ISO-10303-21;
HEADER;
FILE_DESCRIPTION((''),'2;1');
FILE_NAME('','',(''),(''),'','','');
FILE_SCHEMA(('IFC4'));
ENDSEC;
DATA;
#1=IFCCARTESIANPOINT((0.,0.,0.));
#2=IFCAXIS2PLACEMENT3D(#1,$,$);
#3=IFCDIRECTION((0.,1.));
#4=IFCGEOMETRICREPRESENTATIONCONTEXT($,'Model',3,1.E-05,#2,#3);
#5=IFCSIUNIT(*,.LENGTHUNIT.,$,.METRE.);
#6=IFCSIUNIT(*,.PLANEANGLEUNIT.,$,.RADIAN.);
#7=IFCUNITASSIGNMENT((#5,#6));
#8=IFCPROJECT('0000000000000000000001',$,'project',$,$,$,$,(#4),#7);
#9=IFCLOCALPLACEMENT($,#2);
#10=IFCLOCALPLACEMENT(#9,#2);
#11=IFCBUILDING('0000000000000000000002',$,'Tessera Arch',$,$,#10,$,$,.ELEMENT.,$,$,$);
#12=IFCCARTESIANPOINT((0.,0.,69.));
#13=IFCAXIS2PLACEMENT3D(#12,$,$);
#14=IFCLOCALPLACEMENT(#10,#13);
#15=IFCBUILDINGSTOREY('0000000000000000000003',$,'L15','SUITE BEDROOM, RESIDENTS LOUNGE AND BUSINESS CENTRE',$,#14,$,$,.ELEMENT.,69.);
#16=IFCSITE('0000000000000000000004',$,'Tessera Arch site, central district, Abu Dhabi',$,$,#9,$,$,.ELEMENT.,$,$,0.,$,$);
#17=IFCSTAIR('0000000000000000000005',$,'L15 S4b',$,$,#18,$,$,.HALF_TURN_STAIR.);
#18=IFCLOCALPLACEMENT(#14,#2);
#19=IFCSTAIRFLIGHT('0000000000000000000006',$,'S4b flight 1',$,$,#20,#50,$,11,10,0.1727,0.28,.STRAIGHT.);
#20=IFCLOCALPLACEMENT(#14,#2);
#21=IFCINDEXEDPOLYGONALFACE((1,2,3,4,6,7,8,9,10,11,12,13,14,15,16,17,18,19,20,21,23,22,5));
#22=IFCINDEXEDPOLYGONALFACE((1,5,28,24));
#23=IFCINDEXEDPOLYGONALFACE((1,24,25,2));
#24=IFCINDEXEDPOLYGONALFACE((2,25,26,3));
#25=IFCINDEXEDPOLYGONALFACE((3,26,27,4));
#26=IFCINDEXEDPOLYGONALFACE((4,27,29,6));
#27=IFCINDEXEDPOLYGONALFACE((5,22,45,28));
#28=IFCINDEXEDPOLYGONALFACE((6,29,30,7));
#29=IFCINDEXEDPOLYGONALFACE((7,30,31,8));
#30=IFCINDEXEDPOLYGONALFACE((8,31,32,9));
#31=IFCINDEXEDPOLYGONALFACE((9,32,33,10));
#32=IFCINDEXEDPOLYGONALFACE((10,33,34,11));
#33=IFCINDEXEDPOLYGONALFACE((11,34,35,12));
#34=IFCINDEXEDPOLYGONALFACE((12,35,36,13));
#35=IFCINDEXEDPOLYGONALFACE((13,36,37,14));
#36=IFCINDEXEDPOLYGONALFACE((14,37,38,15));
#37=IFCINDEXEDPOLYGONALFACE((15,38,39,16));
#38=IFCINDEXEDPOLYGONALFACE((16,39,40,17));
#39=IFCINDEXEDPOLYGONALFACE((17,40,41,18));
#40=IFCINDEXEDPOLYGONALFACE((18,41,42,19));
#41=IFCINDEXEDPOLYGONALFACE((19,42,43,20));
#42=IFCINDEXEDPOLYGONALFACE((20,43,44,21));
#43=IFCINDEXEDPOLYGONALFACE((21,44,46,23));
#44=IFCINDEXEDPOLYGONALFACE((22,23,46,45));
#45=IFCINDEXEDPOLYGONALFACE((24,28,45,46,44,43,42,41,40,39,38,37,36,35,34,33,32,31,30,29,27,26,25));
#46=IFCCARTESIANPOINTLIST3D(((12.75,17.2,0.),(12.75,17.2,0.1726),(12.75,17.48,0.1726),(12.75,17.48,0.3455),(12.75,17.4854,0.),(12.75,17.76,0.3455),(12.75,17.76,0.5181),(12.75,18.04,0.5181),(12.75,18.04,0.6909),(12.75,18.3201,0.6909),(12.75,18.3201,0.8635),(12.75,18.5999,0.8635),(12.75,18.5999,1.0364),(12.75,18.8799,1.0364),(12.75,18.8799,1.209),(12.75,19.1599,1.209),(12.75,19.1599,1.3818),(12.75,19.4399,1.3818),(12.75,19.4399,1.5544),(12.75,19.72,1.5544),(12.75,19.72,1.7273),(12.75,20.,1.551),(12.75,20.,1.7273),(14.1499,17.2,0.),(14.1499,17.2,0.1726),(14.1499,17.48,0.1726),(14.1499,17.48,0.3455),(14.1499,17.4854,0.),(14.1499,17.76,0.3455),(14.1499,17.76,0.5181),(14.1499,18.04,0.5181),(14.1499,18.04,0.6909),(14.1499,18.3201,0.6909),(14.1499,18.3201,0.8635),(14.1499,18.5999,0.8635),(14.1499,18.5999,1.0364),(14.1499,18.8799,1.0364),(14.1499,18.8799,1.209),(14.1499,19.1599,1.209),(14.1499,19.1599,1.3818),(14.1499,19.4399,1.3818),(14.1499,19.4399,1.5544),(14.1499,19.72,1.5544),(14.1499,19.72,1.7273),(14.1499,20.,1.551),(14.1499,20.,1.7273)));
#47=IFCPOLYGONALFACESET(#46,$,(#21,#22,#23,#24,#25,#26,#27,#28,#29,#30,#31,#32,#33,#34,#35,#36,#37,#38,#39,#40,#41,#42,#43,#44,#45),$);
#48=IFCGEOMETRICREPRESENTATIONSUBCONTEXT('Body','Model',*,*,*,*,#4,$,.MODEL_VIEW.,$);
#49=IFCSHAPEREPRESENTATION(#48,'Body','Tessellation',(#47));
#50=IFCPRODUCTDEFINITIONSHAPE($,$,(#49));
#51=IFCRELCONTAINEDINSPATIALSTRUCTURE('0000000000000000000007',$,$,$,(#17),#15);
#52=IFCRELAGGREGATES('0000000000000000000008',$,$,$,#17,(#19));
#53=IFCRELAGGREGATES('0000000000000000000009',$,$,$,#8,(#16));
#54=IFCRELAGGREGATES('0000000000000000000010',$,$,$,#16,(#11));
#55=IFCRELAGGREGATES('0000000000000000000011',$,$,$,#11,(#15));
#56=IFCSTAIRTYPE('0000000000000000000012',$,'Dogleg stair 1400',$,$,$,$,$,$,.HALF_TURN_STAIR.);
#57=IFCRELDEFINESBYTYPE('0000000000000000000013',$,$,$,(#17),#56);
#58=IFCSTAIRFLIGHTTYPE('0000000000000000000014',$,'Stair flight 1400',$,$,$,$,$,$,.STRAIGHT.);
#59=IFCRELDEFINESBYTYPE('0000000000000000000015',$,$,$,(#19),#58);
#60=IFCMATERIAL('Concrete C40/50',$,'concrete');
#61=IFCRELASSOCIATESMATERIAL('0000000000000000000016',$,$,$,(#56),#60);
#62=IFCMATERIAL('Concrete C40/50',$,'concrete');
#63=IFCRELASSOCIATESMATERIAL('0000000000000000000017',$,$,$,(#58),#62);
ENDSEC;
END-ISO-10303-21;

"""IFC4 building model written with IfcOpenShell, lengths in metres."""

from ifc_helpers import new_model, si_unit, direction, frame, origin, place, context, subcontext, project, spatial, polyline, outline, extrude, material, type_object, element, aggregate, save


model = new_model("IFC4")

# Units and contexts
model_context = context("Model", 3, precision=1e-05, world=origin(), true_north=direction((0.0, 1.0)))
body_context = subcontext(model_context, "Body", "Model", "MODEL_VIEW")
ifc_project = project(units=[si_unit("LENGTHUNIT", "METRE"), si_unit("PLANEANGLEUNIT", "RADIAN")], contexts=[model_context])

# Site, building, storey
site_placement = place(None, origin())
site = spatial("IfcSite", under=ifc_project, at=site_placement, Name="Tessera Arch site, central district, Abu Dhabi", CompositionType="ELEMENT", RefElevation=0.0)
building_placement = place(site_placement, origin())
building = spatial("IfcBuilding", under=site, at=building_placement, Name="Tessera Arch", CompositionType="ELEMENT")
storey_placement = place(building_placement, frame((0.0, 0.0, 69.0)))
storey = spatial("IfcBuildingStorey", under=building, at=storey_placement, Name="L15", Description="SUITE BEDROOM, RESIDENTS LOUNGE AND BUSINESS CENTRE", CompositionType="ELEMENT", Elevation=69.0)

# Stair, stair flight
ifc_material_1 = material(Name="Concrete C40/50", Category="concrete")
stair_type = type_object("IfcStairType", Name="Dogleg stair 1400", PredefinedType="HALF_TURN_STAIR", material=ifc_material_1)
ifc_material_2 = material(Name="Concrete C40/50", Category="concrete")
stair_flight_type = type_object("IfcStairFlightType", Name="Stair flight 1400", PredefinedType="STRAIGHT", material=ifc_material_2)
stair_1_placement = place(storey_placement, origin())
stair_1 = element("IfcStair", 1, at=stair_1_placement, inside=storey, type_object=stair_type, Name="L15 S4b", PredefinedType="HALF_TURN_STAIR")
stair_flight_1_placement = place(storey_placement, frame((13.45, 17.2, 0.0), z_axis=(0.0, 0.0, 1.0), x_axis=(0.0, 1.0, 0.0)))
stair_flight_1 = element("IfcStairFlight", 2, at=stair_flight_1_placement, type_object=stair_flight_type, Name="S4b flight 1", NumberOfRisers=11, NumberOfTreads=10, PredefinedType="STRAIGHT", RiserHeight=0.1727, TreadLength=0.28, context=body_context, shape_type="SweptSolid", body=[
    extrude(outline(polyline([(0.0, 0.0), (0.0, 0.1726), (0.28, 0.1726), (0.28, 0.3455), (0.5601, 0.3455), (0.5601, 0.5181), (0.8401, 0.5181), (0.8401, 0.6909), (1.1201, 0.6909), (1.1201, 0.8635), (1.3999, 0.8635), (1.3999, 1.0364), (1.6799, 1.0364), (1.6799, 1.209), (1.96, 1.209), (1.96, 1.3818), (2.24, 1.3818), (2.24, 1.5544), (2.52, 1.5544), (2.52, 1.7273), (2.8, 1.7273), (2.8, 1.8999), (2.8, 1.551), (0.2854, 0.0), (0.0, 0.0)])), frame((0.0, 0.7, 0.0), z_axis=(0.0, -1.0, 0.0), x_axis=(1.0, 0.0, 0.0)), (0.0, 0.0, 1.0), 1.3999),
])
aggregate(stair_1, [stair_flight_1])

save(model, "model.ifc")
